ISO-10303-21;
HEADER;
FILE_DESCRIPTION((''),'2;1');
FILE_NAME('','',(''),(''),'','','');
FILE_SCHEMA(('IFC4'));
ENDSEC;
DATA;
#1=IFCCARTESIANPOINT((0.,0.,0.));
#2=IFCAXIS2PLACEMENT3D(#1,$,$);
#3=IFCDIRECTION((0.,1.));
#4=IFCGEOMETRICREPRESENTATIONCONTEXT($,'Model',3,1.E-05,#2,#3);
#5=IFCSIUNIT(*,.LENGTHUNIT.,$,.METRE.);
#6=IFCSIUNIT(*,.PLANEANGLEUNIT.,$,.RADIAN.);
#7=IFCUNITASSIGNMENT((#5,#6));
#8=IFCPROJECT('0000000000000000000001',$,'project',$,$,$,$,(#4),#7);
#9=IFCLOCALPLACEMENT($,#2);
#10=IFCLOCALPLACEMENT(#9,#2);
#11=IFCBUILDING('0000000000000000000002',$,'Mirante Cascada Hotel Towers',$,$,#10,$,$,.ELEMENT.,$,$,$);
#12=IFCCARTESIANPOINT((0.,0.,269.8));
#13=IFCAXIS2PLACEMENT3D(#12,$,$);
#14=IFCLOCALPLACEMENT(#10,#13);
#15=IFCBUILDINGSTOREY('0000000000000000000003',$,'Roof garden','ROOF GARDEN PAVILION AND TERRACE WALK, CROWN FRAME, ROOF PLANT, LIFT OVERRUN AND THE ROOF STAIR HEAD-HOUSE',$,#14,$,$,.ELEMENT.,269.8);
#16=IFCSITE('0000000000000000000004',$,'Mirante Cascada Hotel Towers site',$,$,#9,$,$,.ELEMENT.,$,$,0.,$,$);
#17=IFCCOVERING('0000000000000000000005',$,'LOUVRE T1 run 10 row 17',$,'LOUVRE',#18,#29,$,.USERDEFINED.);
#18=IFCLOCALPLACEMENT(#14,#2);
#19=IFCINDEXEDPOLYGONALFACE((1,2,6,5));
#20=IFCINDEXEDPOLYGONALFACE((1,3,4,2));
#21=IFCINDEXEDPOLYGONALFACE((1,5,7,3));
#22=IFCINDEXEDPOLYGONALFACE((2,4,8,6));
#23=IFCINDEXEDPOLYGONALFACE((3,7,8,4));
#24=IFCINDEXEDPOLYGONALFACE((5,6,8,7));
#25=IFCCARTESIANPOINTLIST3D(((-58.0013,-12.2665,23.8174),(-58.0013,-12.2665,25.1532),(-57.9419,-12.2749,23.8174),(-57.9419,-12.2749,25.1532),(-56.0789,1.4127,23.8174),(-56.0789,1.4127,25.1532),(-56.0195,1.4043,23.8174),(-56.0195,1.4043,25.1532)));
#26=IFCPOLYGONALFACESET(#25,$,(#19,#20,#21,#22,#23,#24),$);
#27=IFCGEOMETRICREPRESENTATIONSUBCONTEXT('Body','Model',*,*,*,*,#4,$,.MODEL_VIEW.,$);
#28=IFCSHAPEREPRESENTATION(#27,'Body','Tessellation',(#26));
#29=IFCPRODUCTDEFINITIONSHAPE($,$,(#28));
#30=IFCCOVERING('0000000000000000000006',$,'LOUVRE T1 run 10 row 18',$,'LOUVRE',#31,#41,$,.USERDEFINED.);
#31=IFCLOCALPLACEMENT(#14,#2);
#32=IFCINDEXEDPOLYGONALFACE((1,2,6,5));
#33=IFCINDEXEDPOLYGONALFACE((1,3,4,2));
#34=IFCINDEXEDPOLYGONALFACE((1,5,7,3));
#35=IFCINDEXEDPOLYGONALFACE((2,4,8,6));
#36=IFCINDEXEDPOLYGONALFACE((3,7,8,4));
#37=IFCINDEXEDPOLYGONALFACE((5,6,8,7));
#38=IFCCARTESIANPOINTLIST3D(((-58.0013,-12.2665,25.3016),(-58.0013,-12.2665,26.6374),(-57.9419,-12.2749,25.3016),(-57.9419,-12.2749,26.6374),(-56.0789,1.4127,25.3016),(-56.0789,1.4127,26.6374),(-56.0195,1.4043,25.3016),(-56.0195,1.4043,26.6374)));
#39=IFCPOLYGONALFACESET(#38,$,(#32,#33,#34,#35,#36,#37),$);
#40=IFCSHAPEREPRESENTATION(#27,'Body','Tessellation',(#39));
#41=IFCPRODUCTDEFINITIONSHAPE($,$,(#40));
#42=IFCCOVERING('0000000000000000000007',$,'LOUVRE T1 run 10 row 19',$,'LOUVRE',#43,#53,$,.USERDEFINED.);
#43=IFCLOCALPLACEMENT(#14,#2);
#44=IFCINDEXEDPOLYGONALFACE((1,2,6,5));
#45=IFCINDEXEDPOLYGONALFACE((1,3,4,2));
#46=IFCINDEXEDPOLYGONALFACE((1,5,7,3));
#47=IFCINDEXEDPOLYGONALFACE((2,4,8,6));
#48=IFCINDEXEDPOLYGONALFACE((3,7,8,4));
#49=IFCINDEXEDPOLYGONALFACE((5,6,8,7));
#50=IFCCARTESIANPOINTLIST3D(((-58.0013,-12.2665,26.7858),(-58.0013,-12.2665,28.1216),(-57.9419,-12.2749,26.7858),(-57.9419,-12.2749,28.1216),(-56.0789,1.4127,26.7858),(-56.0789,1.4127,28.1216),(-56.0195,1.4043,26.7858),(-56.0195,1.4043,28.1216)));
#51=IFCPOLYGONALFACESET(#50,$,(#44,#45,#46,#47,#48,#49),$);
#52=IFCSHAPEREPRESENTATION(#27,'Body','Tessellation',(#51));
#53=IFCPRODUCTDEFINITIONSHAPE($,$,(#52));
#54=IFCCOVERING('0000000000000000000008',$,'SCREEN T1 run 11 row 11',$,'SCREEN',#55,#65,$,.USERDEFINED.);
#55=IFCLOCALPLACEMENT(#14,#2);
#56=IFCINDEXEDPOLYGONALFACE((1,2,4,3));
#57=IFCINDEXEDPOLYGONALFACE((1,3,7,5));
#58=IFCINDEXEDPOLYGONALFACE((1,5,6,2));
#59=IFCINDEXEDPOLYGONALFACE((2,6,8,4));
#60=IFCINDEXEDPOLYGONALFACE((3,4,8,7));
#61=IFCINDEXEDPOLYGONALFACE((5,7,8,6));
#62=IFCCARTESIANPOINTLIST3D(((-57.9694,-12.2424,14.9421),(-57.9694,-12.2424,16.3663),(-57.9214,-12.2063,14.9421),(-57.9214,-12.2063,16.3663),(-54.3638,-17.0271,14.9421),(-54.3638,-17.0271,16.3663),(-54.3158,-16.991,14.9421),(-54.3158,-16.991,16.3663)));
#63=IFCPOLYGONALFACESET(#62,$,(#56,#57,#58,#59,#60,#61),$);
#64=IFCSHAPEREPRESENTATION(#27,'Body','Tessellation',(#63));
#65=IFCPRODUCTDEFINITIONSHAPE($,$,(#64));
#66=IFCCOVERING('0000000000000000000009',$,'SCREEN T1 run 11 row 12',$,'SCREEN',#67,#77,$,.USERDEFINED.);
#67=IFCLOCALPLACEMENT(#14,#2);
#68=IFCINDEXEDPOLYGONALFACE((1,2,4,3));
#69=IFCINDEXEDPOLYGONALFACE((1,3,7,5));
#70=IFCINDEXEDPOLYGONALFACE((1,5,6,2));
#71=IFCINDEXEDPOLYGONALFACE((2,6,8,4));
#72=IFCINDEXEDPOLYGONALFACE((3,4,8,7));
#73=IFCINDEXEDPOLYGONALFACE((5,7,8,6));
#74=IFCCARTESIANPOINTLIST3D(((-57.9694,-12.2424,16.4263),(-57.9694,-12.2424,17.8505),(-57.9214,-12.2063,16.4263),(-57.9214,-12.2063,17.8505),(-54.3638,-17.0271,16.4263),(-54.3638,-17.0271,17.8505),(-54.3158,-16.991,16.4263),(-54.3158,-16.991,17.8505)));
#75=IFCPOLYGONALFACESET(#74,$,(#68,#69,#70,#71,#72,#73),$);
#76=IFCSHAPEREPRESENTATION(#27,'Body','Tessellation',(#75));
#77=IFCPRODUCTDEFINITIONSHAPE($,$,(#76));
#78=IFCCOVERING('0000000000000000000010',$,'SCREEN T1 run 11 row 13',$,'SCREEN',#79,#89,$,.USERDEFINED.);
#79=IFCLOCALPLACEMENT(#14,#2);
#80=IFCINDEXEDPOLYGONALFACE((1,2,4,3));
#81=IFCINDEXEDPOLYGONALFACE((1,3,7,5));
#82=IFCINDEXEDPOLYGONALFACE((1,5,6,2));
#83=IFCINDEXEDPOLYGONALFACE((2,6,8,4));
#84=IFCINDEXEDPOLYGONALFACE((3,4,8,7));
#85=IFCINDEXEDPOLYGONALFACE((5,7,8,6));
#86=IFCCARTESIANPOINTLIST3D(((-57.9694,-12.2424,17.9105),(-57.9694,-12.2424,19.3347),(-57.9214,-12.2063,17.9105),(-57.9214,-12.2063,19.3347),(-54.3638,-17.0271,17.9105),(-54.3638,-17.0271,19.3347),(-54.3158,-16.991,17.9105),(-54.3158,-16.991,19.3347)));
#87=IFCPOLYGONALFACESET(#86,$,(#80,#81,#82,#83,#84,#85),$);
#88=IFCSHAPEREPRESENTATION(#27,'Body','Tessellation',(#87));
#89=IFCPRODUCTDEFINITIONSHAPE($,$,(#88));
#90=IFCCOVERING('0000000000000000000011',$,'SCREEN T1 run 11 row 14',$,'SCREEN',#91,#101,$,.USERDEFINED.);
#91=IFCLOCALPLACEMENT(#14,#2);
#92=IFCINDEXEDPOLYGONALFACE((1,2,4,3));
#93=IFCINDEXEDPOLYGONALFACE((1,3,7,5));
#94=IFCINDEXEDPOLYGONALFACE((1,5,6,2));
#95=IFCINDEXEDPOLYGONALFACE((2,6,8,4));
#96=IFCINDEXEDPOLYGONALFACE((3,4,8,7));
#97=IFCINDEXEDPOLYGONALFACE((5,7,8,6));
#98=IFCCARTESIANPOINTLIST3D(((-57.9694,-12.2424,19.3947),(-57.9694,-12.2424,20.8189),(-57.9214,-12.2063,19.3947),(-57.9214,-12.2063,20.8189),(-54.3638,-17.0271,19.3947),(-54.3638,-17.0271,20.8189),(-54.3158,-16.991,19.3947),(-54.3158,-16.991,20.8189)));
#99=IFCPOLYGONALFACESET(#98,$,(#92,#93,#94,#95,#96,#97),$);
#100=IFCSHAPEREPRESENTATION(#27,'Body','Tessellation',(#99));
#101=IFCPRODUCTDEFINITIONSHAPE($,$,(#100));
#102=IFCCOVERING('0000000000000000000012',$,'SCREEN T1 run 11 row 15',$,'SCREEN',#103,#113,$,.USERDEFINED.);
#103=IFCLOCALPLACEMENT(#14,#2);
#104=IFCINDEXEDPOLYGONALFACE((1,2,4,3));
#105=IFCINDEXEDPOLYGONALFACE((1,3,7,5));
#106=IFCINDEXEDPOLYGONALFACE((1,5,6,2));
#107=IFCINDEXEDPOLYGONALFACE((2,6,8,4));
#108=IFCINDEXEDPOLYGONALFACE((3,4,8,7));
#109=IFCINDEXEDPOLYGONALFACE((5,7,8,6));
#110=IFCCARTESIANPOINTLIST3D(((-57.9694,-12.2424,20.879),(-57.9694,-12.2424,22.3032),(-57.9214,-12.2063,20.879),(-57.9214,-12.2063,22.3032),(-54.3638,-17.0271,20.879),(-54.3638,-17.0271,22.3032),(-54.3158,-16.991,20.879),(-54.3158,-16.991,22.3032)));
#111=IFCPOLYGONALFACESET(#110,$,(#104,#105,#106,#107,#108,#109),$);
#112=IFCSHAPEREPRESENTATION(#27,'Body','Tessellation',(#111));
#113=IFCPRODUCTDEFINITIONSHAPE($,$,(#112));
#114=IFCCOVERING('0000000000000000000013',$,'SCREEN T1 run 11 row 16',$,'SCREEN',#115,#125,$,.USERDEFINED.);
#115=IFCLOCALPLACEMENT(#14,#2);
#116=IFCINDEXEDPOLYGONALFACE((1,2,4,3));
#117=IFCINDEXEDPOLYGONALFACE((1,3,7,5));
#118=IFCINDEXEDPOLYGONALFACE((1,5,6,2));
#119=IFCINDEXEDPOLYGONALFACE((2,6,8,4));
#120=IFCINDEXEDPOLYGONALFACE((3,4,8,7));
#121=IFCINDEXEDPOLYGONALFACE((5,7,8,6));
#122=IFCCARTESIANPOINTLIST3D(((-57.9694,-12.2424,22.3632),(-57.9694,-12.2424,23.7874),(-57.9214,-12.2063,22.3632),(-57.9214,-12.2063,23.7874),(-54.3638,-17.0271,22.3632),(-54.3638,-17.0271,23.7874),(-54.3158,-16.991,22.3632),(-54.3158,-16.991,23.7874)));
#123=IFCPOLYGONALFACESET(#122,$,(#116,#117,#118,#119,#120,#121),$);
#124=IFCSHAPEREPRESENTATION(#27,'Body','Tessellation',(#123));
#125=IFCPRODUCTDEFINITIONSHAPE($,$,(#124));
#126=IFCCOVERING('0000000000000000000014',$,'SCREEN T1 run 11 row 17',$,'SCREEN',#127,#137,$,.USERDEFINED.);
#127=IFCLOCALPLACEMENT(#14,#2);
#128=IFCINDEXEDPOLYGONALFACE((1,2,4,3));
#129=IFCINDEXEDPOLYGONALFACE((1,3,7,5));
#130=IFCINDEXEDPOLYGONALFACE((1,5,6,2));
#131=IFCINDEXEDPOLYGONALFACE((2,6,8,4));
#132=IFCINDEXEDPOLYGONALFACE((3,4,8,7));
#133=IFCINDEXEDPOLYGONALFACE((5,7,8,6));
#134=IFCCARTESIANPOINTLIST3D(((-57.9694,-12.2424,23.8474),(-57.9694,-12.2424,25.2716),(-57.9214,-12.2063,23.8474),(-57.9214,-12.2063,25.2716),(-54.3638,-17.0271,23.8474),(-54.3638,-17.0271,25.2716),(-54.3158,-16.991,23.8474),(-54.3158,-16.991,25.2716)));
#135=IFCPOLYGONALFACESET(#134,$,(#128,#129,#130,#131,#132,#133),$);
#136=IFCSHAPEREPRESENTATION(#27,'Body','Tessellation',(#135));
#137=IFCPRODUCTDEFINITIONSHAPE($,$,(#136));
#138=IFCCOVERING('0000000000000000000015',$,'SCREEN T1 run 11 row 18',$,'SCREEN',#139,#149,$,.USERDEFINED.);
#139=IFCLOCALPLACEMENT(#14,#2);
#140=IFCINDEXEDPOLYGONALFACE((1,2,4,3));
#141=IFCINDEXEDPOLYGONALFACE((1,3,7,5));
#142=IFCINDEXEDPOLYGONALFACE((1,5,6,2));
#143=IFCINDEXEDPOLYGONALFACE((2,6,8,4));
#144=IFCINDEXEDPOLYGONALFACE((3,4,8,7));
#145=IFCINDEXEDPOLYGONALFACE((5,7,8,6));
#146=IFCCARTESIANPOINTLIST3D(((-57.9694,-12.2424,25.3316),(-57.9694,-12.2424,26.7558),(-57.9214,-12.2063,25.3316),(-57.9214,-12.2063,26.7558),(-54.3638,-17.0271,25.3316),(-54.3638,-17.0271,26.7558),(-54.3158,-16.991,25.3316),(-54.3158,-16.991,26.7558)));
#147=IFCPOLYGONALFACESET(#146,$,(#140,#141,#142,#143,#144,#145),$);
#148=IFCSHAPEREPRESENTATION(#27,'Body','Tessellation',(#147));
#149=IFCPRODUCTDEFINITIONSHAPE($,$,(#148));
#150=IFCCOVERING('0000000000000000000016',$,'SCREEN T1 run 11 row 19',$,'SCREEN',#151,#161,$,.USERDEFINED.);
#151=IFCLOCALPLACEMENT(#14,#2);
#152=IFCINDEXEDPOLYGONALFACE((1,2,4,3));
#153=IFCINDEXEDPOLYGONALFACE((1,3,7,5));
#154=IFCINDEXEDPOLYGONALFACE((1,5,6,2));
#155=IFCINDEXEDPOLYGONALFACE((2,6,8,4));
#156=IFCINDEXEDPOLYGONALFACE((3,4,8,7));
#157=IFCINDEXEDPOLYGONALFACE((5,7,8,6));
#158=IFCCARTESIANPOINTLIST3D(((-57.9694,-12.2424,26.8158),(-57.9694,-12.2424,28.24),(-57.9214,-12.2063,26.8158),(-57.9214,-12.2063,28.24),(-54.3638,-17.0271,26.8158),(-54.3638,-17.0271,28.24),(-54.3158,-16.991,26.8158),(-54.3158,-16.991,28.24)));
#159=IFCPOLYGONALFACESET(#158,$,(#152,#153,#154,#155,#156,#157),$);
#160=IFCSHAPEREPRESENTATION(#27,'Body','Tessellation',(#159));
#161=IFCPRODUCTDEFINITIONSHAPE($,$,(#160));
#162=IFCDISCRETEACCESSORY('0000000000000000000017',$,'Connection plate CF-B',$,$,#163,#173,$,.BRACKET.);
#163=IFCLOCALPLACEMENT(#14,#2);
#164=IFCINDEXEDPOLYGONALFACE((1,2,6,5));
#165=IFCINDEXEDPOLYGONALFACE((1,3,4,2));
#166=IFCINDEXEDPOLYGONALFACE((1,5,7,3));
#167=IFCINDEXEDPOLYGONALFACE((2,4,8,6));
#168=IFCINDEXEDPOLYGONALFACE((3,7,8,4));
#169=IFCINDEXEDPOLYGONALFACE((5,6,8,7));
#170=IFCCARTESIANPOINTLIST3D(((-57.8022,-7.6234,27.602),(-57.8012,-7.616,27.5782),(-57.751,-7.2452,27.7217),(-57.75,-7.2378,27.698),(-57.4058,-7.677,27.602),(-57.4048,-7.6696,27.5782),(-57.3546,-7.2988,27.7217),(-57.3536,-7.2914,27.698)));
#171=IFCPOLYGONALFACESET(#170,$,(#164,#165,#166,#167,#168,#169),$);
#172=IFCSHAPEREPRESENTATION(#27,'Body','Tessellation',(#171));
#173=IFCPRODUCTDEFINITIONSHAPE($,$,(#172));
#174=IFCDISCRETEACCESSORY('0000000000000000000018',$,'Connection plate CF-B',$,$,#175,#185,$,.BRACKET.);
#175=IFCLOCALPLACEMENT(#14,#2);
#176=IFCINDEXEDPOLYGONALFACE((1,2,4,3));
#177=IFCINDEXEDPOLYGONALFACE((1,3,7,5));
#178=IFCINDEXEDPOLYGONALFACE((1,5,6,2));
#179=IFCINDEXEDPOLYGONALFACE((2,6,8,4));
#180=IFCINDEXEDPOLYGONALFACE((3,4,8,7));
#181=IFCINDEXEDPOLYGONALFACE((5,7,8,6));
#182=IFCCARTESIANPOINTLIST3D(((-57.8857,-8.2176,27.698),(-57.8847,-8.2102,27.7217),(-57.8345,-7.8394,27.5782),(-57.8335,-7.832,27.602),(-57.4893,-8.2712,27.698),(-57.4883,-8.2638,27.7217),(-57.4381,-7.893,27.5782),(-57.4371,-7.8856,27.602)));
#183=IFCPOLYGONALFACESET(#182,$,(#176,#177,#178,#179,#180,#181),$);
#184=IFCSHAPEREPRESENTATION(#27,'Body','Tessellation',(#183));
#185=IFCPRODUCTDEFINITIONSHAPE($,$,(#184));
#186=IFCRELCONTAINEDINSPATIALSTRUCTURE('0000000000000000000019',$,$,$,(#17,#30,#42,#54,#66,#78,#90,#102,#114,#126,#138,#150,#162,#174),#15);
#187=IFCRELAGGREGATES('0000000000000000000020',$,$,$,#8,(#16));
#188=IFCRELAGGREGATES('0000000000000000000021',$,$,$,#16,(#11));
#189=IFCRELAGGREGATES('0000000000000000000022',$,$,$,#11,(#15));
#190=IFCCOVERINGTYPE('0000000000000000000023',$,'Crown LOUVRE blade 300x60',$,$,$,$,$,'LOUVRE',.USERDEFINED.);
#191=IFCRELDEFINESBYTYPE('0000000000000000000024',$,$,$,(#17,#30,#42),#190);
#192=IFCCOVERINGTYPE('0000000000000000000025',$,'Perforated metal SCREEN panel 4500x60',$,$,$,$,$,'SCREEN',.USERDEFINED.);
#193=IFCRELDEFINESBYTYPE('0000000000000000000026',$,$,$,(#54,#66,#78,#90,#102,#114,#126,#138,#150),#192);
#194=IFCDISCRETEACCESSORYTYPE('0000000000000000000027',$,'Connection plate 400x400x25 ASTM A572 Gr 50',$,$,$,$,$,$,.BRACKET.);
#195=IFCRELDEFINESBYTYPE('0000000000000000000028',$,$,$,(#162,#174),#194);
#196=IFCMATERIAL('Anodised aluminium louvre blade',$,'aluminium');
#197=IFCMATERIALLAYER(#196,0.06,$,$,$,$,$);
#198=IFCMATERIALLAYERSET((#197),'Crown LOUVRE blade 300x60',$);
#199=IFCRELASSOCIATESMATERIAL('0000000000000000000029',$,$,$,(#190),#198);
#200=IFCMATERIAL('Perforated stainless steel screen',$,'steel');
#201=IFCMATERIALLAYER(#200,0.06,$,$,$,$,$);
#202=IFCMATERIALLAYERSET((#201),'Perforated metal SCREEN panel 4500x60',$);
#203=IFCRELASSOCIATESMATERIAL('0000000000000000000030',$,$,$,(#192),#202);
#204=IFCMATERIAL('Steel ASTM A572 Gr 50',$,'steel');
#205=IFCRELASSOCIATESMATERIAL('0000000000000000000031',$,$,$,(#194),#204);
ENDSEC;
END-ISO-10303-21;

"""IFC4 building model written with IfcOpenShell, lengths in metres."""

from ifc_helpers import new_model, si_unit, direction, frame, origin, origin_2d, place, context, subcontext, project, spatial, rectangle, extrude, material, layer, layer_set, material_profile, profile_set, type_object, element, save


model = new_model("IFC4")

# Units and contexts
model_context = context("Model", 3, precision=1e-05, world=origin(), true_north=direction((0.0, 1.0)))
body_context = subcontext(model_context, "Body", "Model", "MODEL_VIEW")
ifc_project = project(units=[si_unit("LENGTHUNIT", "METRE"), si_unit("PLANEANGLEUNIT", "RADIAN")], contexts=[model_context])

# Site, building, storey
site_placement = place(None, origin())
site = spatial("IfcSite", under=ifc_project, at=site_placement, Name="Mirante Cascada Hotel Towers site", CompositionType="ELEMENT", RefElevation=0.0)
building_placement = place(site_placement, origin())
building = spatial("IfcBuilding", under=site, at=building_placement, Name="Mirante Cascada Hotel Towers", CompositionType="ELEMENT")
storey_placement = place(building_placement, frame((0.0, 0.0, 269.8)))
storey = spatial("IfcBuildingStorey", under=building, at=storey_placement, Name="Roof garden", Description="ROOF GARDEN PAVILION AND TERRACE WALK, CROWN FRAME, ROOF PLANT, LIFT OVERRUN AND THE ROOF STAIR HEAD-HOUSE", CompositionType="ELEMENT", Elevation=269.8)

# Coverings
ifc_material_1 = material(Name="Anodised aluminium louvre blade", Category="aluminium")
ifc_layer_1 = layer(ifc_material_1, 0.06)
ifc_layer_set_1 = layer_set([ifc_layer_1], Name="Crown LOUVRE blade 300x60")
covering_type_1 = type_object("IfcCoveringType", Name="Crown LOUVRE blade 300x60", ElementType="LOUVRE", PredefinedType="USERDEFINED", material=ifc_layer_set_1)
for number, where, z_axis, x_axis, name in (
    (1, (-57.0104, -5.4311, 23.8174), (0.0, 0.0, 1.0), (-0.139173, -0.990268, 0.0), "LOUVRE T1 run 10 row 17"),
    (2, (-57.0104, -5.4311, 25.3016), (0.0, 0.0, 1.0), (-0.139173, -0.990268, 0.0), "LOUVRE T1 run 10 row 18"),
    (3, (-57.0104, -5.4311, 26.7858), (0.0, 0.0, 1.0), (-0.139173, -0.990268, 0.0), "LOUVRE T1 run 10 row 19"),
):
    element("IfcCovering", number, at=place(storey_placement, frame(where, z_axis=z_axis, x_axis=x_axis)), inside=storey, type_object=covering_type_1, Name=name, ObjectType="LOUVRE", PredefinedType="USERDEFINED", context=body_context, shape_type="SweptSolid", body=[
        extrude(rectangle(XDim=13.8136, YDim=0.06, at=origin_2d()), origin(), (0.0, 0.0, 1.0), 1.3358),
    ])
ifc_material_2 = material(Name="Perforated stainless steel screen", Category="steel")
ifc_layer_2 = layer(ifc_material_2, 0.06)
ifc_layer_set_2 = layer_set([ifc_layer_2], Name="Perforated metal SCREEN panel 4500x60")
covering_type_2 = type_object("IfcCoveringType", Name="Perforated metal SCREEN panel 4500x60", ElementType="SCREEN", PredefinedType="USERDEFINED", material=ifc_layer_set_2)
for number, where, z_axis, x_axis, name in (
    (4, (-56.1426, -14.6167, 14.9421), (0.0, 0.0, 1.0), (0.601815, -0.798636, 0.0), "SCREEN T1 run 11 row 11"),
    (5, (-56.1426, -14.6167, 16.4263), (0.0, 0.0, 1.0), (0.601815, -0.798636, 0.0), "SCREEN T1 run 11 row 12"),
    (6, (-56.1426, -14.6167, 17.9105), (0.0, 0.0, 1.0), (0.601815, -0.798636, 0.0), "SCREEN T1 run 11 row 13"),
    (7, (-56.1426, -14.6167, 19.3947), (0.0, 0.0, 1.0), (0.601815, -0.798636, 0.0), "SCREEN T1 run 11 row 14"),
    (8, (-56.1426, -14.6167, 20.879), (0.0, 0.0, 1.0), (0.601815, -0.798636, 0.0), "SCREEN T1 run 11 row 15"),
    (9, (-56.1426, -14.6167, 22.3632), (0.0, 0.0, 1.0), (0.601815, -0.798636, 0.0), "SCREEN T1 run 11 row 16"),
    (10, (-56.1426, -14.6167, 23.8474), (0.0, 0.0, 1.0), (0.601815, -0.798636, 0.0), "SCREEN T1 run 11 row 17"),
    (11, (-56.1426, -14.6167, 25.3316), (0.0, 0.0, 1.0), (0.601815, -0.798636, 0.0), "SCREEN T1 run 11 row 18"),
    (12, (-56.1426, -14.6167, 26.8158), (0.0, 0.0, 1.0), (0.601815, -0.798636, 0.0), "SCREEN T1 run 11 row 19"),
):
    element("IfcCovering", number, at=place(storey_placement, frame(where, z_axis=z_axis, x_axis=x_axis)), inside=storey, type_object=covering_type_2, Name=name, ObjectType="SCREEN", PredefinedType="USERDEFINED", context=body_context, shape_type="SweptSolid", body=[
        extrude(rectangle(XDim=5.9912, YDim=0.06, at=origin_2d()), origin(), (0.0, 0.0, 1.0), 1.4242),
    ])

# Discrete accessories
ifc_material_3 = material(Name="Steel ASTM A572 Gr 50", Category="steel")
ifc_material_profile_1 = material_profile(ifc_material_3, rectangle(XDim=0.4, YDim=0.4, at=origin_2d()), Name="Connection plate 400x400x25 ASTM A572 Gr 50")
ifc_profile_set_1 = profile_set([ifc_material_profile_1], Name="Steel ASTM A572 Gr 50")
discrete_accessory_type = type_object("IfcDiscreteAccessoryType", Name="Connection plate 400x400x25 ASTM A572 Gr 50", PredefinedType="BRACKET", material=ifc_profile_set_1)
for number, where, z_axis, x_axis, name in (
    (13, (-57.5774, -7.4537, 27.6381), (-0.04009, -0.296665, 0.95414), (0.990992, -0.133918, 0.0), "Connection plate CF-B"),
    (14, (-57.6619, -8.0553, 27.6381), (0.04009, 0.296665, 0.95414), (-0.990992, 0.133918, 0.0), "Connection plate CF-B"),
):
    element("IfcDiscreteAccessory", number, at=place(storey_placement, frame(where, z_axis=z_axis, x_axis=x_axis)), inside=storey, type_object=discrete_accessory_type, Name=name, PredefinedType="BRACKET", context=body_context, shape_type="SweptSolid", body=[
        extrude(rectangle(XDim=0.4, YDim=0.4, at=origin_2d()), origin(), (0.0, 0.0, 1.0), 0.0249),
    ])

save(model, "model.ifc")
